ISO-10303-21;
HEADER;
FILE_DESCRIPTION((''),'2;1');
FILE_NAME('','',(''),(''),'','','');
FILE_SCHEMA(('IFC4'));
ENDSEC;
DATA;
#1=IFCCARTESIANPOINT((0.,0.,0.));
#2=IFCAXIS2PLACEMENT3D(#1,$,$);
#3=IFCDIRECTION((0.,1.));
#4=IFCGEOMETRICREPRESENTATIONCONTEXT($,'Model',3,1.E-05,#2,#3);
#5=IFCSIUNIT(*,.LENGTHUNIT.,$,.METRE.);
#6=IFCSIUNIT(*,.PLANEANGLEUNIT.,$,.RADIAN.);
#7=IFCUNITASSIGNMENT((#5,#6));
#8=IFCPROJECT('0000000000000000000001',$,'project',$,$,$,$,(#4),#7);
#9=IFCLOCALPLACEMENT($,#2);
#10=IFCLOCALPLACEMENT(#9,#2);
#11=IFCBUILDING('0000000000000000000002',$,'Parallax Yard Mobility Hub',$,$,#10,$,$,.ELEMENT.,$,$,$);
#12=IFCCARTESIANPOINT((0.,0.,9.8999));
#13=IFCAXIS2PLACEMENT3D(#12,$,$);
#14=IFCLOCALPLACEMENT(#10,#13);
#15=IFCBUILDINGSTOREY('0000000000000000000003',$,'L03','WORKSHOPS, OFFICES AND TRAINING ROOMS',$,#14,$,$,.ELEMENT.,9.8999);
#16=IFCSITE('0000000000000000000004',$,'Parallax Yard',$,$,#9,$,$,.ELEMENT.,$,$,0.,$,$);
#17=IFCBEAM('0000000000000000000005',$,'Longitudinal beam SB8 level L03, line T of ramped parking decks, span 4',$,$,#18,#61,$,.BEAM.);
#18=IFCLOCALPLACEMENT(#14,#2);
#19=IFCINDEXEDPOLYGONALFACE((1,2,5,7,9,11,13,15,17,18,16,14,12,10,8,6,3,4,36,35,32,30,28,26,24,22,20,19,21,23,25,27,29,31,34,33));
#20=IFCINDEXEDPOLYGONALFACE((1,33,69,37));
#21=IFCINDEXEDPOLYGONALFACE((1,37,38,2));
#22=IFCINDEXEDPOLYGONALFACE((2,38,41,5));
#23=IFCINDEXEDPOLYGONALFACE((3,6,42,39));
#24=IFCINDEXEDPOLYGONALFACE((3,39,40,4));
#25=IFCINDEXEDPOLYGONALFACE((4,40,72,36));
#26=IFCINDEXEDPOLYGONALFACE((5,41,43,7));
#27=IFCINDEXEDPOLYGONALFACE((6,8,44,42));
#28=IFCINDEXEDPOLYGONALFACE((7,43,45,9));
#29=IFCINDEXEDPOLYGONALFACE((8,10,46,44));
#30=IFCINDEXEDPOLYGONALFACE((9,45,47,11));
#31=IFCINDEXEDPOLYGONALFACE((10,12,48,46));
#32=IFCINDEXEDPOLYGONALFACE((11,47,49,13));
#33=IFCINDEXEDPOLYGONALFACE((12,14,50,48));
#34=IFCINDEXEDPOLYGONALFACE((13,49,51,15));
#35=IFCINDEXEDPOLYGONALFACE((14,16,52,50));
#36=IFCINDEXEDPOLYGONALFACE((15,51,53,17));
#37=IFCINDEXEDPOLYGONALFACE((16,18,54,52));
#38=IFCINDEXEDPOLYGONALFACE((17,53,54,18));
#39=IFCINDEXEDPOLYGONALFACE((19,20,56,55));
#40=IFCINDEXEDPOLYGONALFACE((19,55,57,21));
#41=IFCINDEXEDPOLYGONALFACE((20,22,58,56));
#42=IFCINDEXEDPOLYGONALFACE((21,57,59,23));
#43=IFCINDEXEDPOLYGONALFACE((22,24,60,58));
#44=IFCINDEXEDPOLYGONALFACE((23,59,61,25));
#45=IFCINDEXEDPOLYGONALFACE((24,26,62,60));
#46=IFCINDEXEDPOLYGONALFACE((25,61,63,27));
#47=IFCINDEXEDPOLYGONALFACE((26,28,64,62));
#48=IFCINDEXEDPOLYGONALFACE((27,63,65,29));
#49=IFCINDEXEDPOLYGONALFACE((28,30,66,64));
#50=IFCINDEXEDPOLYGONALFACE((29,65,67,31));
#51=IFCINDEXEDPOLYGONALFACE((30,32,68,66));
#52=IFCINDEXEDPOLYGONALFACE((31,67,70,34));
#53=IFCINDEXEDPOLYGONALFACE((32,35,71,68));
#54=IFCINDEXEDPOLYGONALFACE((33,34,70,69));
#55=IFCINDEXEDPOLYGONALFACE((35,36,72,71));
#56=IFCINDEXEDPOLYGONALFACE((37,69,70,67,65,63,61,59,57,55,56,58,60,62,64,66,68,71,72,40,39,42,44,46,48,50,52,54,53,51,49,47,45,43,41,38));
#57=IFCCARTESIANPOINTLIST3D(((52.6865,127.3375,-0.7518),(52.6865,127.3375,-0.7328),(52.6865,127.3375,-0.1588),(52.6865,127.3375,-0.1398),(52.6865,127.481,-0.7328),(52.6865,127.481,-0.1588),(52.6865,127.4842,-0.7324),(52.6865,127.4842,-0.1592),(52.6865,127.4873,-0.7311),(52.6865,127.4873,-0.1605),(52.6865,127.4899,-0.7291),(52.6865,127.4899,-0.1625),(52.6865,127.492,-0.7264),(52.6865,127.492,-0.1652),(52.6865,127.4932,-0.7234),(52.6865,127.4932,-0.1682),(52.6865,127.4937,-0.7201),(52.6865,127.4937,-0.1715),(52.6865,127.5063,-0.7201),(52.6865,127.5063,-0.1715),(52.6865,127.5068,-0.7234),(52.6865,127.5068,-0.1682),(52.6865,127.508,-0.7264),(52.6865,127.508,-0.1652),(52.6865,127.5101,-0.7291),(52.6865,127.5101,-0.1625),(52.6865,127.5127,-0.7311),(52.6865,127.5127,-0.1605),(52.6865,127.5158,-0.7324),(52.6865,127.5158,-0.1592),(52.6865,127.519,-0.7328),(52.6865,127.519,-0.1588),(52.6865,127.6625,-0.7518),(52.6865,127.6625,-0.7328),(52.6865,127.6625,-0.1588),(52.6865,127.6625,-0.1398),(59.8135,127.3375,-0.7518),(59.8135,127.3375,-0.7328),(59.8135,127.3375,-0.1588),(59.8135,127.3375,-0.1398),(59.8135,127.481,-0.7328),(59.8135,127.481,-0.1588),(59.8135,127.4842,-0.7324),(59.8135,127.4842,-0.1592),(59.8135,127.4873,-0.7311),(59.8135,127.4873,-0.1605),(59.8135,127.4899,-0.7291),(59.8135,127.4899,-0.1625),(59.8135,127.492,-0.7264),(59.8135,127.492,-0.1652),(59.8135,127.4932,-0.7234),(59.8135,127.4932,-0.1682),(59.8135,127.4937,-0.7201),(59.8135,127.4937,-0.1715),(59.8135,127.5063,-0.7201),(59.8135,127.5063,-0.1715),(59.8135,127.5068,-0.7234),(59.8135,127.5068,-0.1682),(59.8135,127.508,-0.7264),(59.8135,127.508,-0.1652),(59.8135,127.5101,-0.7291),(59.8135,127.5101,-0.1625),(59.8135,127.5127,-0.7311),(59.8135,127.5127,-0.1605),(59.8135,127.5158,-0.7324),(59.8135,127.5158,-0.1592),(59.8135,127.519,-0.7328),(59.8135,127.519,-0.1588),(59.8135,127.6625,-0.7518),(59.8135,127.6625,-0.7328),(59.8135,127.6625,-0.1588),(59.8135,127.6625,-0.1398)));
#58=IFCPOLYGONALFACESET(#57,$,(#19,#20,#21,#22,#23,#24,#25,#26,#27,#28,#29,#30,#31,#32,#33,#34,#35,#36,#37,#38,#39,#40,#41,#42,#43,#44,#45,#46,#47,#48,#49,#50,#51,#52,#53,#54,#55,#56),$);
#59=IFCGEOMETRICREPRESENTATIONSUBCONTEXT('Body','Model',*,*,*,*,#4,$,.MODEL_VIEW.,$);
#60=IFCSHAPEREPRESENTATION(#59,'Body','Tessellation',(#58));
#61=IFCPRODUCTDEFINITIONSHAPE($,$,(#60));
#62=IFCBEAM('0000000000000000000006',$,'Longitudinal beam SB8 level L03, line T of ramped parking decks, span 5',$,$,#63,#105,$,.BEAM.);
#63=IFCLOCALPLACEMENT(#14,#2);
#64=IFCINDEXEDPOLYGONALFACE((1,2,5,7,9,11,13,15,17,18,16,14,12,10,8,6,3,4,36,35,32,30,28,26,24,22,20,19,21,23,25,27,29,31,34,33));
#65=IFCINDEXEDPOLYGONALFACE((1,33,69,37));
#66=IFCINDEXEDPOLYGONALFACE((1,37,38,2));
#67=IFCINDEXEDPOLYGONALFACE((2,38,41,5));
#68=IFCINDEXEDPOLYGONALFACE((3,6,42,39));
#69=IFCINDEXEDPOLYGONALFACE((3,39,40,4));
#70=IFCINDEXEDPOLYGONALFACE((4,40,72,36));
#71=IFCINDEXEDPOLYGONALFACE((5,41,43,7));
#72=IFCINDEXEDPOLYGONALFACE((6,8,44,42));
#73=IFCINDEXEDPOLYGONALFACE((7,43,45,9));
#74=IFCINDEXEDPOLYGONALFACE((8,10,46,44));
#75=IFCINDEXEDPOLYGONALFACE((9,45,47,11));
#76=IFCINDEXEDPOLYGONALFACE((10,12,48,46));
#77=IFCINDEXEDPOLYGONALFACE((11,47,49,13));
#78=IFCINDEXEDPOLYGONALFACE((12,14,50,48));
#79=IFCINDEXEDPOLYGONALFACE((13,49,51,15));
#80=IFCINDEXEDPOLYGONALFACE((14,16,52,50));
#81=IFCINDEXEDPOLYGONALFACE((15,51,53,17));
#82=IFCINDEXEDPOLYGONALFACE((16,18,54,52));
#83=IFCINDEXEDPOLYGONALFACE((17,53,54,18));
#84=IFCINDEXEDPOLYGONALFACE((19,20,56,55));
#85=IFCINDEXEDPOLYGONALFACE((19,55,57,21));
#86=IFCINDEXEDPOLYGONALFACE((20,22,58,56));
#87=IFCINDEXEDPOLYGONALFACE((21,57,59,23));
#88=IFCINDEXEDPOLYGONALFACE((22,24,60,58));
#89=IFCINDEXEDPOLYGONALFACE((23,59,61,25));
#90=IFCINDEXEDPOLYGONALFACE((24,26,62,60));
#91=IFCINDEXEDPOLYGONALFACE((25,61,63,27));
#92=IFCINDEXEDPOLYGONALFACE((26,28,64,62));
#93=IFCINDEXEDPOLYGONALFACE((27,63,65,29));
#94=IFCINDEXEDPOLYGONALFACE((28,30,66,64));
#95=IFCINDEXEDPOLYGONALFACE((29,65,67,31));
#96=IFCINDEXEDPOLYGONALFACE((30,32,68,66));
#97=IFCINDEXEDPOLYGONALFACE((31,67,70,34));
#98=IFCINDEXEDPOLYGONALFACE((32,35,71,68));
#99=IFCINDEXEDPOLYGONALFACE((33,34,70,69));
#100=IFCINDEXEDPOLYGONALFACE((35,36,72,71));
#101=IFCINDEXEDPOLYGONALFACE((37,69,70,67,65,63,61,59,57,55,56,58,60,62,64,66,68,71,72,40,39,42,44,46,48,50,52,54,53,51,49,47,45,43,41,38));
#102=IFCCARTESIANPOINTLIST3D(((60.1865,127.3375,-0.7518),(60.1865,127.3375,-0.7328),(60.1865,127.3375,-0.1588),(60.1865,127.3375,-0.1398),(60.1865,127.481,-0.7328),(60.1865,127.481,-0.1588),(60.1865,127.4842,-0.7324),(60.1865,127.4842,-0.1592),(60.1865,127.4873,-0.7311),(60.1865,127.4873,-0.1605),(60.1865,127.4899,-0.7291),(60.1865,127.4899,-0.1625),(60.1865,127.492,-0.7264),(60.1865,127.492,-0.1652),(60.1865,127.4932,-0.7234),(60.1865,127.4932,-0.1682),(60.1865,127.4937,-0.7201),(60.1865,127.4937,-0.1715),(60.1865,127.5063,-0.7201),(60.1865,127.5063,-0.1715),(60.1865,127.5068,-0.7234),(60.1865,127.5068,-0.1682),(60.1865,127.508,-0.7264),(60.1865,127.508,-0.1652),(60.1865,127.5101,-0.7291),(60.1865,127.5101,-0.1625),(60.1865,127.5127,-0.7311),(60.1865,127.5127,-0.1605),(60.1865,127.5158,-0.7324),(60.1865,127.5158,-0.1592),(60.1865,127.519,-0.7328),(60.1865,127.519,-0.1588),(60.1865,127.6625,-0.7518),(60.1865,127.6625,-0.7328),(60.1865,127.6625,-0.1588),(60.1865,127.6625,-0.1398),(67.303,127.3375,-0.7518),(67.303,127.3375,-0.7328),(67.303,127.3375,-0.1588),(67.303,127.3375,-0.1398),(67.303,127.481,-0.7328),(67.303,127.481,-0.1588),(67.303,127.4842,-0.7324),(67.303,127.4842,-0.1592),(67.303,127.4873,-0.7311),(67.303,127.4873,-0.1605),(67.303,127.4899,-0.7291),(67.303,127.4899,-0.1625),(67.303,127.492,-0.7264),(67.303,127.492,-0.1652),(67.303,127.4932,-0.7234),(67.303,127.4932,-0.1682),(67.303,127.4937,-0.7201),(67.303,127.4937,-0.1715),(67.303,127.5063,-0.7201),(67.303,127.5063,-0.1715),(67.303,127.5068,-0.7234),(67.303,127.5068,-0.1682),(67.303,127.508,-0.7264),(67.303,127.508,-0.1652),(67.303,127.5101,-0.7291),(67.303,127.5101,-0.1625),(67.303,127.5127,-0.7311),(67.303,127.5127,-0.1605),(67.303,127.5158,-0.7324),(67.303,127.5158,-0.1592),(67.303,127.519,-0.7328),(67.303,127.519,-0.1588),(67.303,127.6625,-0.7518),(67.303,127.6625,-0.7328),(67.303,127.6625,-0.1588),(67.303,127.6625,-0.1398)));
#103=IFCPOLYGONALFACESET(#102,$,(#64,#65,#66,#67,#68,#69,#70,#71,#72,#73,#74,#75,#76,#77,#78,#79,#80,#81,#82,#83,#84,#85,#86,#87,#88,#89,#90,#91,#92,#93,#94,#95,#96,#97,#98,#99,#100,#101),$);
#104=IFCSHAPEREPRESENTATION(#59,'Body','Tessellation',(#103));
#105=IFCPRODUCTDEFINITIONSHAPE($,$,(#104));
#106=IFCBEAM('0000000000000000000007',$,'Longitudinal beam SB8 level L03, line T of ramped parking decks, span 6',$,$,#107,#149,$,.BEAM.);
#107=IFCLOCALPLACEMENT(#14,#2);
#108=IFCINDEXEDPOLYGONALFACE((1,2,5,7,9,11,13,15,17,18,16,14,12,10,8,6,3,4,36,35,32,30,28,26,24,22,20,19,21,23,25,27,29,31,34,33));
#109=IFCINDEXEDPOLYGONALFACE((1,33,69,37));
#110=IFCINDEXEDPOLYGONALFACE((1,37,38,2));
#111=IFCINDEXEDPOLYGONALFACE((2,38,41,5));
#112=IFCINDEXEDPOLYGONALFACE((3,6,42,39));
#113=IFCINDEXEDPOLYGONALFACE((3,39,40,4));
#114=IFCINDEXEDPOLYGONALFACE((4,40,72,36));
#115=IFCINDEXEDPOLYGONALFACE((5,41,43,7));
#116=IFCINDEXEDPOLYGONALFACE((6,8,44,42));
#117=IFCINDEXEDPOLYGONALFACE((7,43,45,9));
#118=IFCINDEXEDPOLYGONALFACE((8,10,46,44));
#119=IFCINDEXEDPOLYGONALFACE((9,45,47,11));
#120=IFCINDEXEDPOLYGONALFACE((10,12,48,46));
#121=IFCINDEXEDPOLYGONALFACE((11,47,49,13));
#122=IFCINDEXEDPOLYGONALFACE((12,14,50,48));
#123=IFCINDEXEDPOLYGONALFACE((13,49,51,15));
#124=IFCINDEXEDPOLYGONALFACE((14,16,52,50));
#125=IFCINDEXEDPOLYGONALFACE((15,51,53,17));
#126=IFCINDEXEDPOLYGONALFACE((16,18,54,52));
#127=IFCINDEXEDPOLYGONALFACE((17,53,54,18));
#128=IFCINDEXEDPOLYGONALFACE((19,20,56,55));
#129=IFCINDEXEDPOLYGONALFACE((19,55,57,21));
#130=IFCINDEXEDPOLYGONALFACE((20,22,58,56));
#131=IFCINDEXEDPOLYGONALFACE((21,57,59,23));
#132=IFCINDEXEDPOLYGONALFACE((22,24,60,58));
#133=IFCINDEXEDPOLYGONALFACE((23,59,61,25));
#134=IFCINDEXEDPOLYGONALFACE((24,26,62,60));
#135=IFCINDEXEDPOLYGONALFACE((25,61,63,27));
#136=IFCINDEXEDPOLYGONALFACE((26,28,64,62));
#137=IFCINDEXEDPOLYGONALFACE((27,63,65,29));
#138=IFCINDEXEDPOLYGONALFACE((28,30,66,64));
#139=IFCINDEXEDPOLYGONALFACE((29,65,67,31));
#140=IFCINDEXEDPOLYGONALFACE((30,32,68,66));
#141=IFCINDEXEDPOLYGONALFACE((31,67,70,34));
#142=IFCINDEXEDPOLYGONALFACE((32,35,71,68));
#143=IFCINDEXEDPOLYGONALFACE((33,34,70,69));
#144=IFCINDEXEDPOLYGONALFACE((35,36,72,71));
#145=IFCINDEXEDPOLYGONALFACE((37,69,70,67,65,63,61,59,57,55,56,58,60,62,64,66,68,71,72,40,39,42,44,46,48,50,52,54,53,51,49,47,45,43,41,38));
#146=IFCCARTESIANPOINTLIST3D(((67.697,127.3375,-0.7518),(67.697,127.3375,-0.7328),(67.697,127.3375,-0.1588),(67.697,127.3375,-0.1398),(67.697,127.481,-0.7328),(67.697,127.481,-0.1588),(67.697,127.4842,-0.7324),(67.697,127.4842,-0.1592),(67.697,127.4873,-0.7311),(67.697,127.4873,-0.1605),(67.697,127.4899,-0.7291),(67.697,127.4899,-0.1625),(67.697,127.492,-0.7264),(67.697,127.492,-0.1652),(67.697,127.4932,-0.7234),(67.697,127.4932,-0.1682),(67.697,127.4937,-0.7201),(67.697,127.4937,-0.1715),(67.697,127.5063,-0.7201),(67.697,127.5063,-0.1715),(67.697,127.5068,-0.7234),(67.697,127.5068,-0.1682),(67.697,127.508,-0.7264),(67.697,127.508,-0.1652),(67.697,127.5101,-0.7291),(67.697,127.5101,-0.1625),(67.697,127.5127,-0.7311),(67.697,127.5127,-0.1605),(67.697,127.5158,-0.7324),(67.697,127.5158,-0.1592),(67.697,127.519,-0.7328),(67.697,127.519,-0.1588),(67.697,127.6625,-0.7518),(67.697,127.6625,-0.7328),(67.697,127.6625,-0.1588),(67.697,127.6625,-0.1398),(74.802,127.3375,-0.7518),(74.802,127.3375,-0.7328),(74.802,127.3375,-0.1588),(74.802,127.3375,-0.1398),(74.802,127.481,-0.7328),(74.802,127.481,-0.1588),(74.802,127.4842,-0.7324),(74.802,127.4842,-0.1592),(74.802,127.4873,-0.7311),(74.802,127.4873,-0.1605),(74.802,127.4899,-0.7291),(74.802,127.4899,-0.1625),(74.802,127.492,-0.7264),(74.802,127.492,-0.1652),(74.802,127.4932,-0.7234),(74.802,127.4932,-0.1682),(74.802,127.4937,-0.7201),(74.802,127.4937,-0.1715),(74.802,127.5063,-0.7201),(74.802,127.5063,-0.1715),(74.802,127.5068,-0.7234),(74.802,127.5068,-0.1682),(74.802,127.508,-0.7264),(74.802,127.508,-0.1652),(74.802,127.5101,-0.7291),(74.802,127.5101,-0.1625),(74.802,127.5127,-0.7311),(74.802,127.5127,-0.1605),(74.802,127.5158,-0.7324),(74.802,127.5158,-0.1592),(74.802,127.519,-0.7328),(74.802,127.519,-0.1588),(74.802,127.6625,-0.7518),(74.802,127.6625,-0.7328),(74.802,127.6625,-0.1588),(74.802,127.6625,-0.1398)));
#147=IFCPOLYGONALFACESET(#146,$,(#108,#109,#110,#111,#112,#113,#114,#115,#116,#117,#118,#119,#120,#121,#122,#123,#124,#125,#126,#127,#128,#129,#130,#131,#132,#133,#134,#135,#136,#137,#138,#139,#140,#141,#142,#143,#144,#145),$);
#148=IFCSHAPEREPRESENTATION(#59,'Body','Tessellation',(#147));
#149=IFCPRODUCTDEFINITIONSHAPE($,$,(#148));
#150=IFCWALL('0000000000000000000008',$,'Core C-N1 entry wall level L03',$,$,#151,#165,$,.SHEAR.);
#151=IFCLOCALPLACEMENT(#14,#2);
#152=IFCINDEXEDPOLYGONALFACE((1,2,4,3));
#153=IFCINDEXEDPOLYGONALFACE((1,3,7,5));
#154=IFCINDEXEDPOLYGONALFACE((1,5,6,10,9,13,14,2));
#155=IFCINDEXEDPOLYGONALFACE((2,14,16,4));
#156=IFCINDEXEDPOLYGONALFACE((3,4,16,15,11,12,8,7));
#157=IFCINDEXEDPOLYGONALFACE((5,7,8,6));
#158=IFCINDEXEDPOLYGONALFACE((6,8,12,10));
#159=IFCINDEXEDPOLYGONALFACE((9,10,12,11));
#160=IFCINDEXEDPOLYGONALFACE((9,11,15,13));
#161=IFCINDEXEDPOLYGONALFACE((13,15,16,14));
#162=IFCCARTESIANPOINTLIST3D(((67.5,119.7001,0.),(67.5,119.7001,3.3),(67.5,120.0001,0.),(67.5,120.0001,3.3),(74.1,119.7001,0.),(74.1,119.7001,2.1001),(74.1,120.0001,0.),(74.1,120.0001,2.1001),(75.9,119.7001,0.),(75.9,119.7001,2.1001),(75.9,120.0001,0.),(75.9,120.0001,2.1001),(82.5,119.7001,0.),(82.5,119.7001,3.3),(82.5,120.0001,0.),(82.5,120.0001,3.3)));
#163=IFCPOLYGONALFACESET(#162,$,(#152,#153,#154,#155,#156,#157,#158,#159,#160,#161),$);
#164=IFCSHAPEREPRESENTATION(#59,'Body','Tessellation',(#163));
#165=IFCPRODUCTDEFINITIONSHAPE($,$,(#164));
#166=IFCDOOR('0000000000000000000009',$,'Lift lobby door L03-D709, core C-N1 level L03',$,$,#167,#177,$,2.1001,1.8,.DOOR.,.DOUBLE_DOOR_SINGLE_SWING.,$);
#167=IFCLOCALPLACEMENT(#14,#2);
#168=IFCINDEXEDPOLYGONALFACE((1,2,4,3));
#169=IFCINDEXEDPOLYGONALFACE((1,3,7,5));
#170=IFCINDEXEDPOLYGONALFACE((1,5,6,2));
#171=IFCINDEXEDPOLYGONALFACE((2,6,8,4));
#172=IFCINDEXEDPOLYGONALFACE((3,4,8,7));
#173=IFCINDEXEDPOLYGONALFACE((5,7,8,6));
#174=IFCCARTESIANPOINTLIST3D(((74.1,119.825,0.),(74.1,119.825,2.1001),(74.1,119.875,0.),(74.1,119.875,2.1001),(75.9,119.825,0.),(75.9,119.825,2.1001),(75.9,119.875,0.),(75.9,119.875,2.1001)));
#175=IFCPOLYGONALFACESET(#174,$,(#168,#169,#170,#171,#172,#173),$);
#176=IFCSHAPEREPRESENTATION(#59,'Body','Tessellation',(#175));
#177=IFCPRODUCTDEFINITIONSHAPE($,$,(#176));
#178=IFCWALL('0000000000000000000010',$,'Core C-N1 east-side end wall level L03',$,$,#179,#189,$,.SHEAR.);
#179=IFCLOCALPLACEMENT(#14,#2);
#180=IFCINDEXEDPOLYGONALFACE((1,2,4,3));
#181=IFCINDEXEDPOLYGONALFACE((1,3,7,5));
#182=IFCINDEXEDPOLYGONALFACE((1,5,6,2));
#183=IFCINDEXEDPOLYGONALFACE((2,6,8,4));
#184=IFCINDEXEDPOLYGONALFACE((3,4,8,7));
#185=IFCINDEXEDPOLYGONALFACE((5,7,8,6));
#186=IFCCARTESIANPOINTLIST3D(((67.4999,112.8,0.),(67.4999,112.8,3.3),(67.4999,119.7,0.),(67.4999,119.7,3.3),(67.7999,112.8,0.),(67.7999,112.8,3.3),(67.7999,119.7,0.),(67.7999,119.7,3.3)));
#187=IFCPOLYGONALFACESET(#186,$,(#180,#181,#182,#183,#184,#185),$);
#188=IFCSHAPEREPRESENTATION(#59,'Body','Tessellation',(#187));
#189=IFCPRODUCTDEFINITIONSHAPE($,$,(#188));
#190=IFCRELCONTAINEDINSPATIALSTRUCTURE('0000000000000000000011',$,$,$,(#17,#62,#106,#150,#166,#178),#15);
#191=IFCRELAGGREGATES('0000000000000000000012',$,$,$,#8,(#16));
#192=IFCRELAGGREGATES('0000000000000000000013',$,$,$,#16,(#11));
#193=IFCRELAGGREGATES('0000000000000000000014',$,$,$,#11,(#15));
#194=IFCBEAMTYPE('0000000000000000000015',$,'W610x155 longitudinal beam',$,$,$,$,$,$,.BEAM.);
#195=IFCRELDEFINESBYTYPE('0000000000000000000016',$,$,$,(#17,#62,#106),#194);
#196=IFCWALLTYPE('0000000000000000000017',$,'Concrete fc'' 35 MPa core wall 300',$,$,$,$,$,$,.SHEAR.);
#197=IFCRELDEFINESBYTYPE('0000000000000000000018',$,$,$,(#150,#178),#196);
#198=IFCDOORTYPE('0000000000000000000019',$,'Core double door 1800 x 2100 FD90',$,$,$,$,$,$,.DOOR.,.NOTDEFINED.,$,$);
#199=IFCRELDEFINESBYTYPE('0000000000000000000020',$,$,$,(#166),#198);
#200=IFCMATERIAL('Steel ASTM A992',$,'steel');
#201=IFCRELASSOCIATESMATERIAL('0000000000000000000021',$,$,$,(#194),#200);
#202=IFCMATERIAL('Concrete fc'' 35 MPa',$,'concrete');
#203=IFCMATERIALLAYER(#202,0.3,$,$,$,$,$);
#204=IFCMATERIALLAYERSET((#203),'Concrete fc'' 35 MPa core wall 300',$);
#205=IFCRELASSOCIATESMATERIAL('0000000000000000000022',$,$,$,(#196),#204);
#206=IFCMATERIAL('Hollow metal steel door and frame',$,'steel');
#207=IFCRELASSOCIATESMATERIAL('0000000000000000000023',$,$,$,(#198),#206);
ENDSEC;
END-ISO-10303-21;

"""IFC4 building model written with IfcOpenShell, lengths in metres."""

from ifc_helpers import new_model, si_unit, direction, frame, frame_2d, origin, origin_2d, place, context, subcontext, project, spatial, rectangle, i_section, extrude, material, layer, layer_set, material_profile, profile_set, type_object, element, fill, save


model = new_model("IFC4")

# Units and contexts
model_context = context("Model", 3, precision=1e-05, world=origin(), true_north=direction((0.0, 1.0)))
body_context = subcontext(model_context, "Body", "Model", "MODEL_VIEW")
ifc_project = project(units=[si_unit("LENGTHUNIT", "METRE"), si_unit("PLANEANGLEUNIT", "RADIAN")], contexts=[model_context])

# Site, building, storey
site_placement = place(None, origin())
site = spatial("IfcSite", under=ifc_project, at=site_placement, Name="Parallax Yard", CompositionType="ELEMENT", RefElevation=0.0)
building_placement = place(site_placement, origin())
building = spatial("IfcBuilding", under=site, at=building_placement, Name="Parallax Yard Mobility Hub", CompositionType="ELEMENT")
storey_placement = place(building_placement, frame((0.0, 0.0, 9.8999)))
storey = spatial("IfcBuildingStorey", under=building, at=storey_placement, Name="L03", Description="WORKSHOPS, OFFICES AND TRAINING ROOMS", CompositionType="ELEMENT", Elevation=9.8999)

# Shared definitions
ifc_material_1 = material(Name="Steel ASTM A992", Category="steel")

# Beams
ifc_material_profile_1 = material_profile(ifc_material_1, i_section(OverallWidth=0.325, OverallDepth=0.6121, WebThickness=0.0127, FlangeThickness=0.019, FilletRadius=0.0127, at=origin_2d()), Name="W610x155")
ifc_profile_set_1 = profile_set([ifc_material_profile_1], Name="Steel ASTM A992")
beam_type_1 = type_object("IfcBeamType", Name="W610x155 longitudinal beam", PredefinedType="BEAM", material=ifc_profile_set_1)
beam_1_placement = place(storey_placement, frame((52.6865, 127.5, -0.4458), z_axis=(1.0, 0.0, 0.0), x_axis=(0.0, 1.0, 0.0)))
element("IfcBeam", 1, at=beam_1_placement, inside=storey, type_object=beam_type_1, Name="Longitudinal beam SB8 level L03, line T of ramped parking decks, span 4", PredefinedType="BEAM", context=body_context, shape_type="SweptSolid", body=[
    extrude(i_section(OverallWidth=0.325, OverallDepth=0.6121, WebThickness=0.0127, FlangeThickness=0.019, FilletRadius=0.0127, at=origin_2d()), origin(), (0.0, 0.0, 1.0), 7.127),
])
beam_2_placement = place(storey_placement, frame((60.1865, 127.5, -0.4458), z_axis=(1.0, 0.0, 0.0), x_axis=(0.0, 1.0, 0.0)))
element("IfcBeam", 2, at=beam_2_placement, inside=storey, type_object=beam_type_1, Name="Longitudinal beam SB8 level L03, line T of ramped parking decks, span 5", PredefinedType="BEAM", context=body_context, shape_type="SweptSolid", body=[
    extrude(i_section(OverallWidth=0.325, OverallDepth=0.6121, WebThickness=0.0127, FlangeThickness=0.019, FilletRadius=0.0127, at=origin_2d()), origin(), (0.0, 0.0, 1.0), 7.1165),
])
beam_3_placement = place(storey_placement, frame((67.697, 127.5, -0.4458), z_axis=(1.0, 0.0, 0.0), x_axis=(0.0, 1.0, 0.0)))
element("IfcBeam", 3, at=beam_3_placement, inside=storey, type_object=beam_type_1, Name="Longitudinal beam SB8 level L03, line T of ramped parking decks, span 6", PredefinedType="BEAM", context=body_context, shape_type="SweptSolid", body=[
    extrude(i_section(OverallWidth=0.325, OverallDepth=0.6121, WebThickness=0.0127, FlangeThickness=0.019, FilletRadius=0.0127, at=origin_2d()), origin(), (0.0, 0.0, 1.0), 7.105),
])

# Wall, opening, door
ifc_material_2 = material(Name="Concrete fc' 35 MPa", Category="concrete")
ifc_layer_1 = layer(ifc_material_2, 0.3)
ifc_layer_set_1 = layer_set([ifc_layer_1], Name="Concrete fc' 35 MPa core wall 300")
wall_type_1 = type_object("IfcWallType", Name="Concrete fc' 35 MPa core wall 300", PredefinedType="SHEAR", material=ifc_layer_set_1)
wall_1_placement = place(storey_placement, frame((67.5, 119.8501, 0.0), z_axis=(0.0, 0.0, 1.0), x_axis=(1.0, 0.0, 0.0)))
wall_1 = element("IfcWall", 4, at=wall_1_placement, inside=storey, type_object=wall_type_1, Name="Core C-N1 entry wall level L03", PredefinedType="SHEAR", context=body_context, shape_type="SweptSolid", body=[
    extrude(rectangle(XDim=15.0, YDim=0.3, at=frame_2d((7.5, 0.0))), origin(), (0.0, 0.0, 1.0), 3.3),
])
opening_placement = place(wall_1_placement, frame((6.6001, 0.0, 0.0)))
opening = element("IfcOpeningElement", 5, at=opening_placement, cuts=wall_1, PredefinedType="OPENING", context=body_context, shape_type="SweptSolid", body=[
    extrude(rectangle(XDim=1.8, YDim=2.1001, at=frame_2d((0.8999, 1.05))), frame((0.0, 0.1602, 0.0), z_axis=(0.0, -1.0, 0.0), x_axis=(1.0, 0.0, 0.0)), (0.0, 0.0, 1.0), 0.3201),
])
ifc_material_3 = material(Name="Hollow metal steel door and frame", Category="steel")
door_type = type_object("IfcDoorType", Name="Core double door 1800 x 2100 FD90", OperationType="NOTDEFINED", PredefinedType="DOOR", material=ifc_material_3)
door_placement = place(opening_placement, origin())
door = element("IfcDoor", 6, at=door_placement, inside=storey, type_object=door_type, Name="Lift lobby door L03-D709, core C-N1 level L03", OperationType="DOUBLE_DOOR_SINGLE_SWING", OverallHeight=2.1001, OverallWidth=1.8, PredefinedType="DOOR", context=body_context, shape_type="SweptSolid", body=[
    extrude(rectangle(XDim=1.8, YDim=2.1001, at=frame_2d((0.8999, 1.05))), frame((0.0, 0.0249, 0.0), z_axis=(0.0, -1.0, 0.0), x_axis=(1.0, 0.0, 0.0)), (0.0, 0.0, 1.0), 0.05),
])
fill(opening, door)

# Wall
wall_2_placement = place(storey_placement, frame((67.6499, 119.7, 0.0), z_axis=(0.0, 0.0, 1.0), x_axis=(0.0, -1.0, 0.0)))
element("IfcWall", 7, at=wall_2_placement, inside=storey, type_object=wall_type_1, Name="Core C-N1 east-side end wall level L03", PredefinedType="SHEAR", context=body_context, shape_type="SweptSolid", body=[
    extrude(rectangle(XDim=6.8999, YDim=0.3, at=frame_2d((3.45, 0.0))), origin(), (0.0, 0.0, 1.0), 3.3),
])

save(model, "model.ifc")
